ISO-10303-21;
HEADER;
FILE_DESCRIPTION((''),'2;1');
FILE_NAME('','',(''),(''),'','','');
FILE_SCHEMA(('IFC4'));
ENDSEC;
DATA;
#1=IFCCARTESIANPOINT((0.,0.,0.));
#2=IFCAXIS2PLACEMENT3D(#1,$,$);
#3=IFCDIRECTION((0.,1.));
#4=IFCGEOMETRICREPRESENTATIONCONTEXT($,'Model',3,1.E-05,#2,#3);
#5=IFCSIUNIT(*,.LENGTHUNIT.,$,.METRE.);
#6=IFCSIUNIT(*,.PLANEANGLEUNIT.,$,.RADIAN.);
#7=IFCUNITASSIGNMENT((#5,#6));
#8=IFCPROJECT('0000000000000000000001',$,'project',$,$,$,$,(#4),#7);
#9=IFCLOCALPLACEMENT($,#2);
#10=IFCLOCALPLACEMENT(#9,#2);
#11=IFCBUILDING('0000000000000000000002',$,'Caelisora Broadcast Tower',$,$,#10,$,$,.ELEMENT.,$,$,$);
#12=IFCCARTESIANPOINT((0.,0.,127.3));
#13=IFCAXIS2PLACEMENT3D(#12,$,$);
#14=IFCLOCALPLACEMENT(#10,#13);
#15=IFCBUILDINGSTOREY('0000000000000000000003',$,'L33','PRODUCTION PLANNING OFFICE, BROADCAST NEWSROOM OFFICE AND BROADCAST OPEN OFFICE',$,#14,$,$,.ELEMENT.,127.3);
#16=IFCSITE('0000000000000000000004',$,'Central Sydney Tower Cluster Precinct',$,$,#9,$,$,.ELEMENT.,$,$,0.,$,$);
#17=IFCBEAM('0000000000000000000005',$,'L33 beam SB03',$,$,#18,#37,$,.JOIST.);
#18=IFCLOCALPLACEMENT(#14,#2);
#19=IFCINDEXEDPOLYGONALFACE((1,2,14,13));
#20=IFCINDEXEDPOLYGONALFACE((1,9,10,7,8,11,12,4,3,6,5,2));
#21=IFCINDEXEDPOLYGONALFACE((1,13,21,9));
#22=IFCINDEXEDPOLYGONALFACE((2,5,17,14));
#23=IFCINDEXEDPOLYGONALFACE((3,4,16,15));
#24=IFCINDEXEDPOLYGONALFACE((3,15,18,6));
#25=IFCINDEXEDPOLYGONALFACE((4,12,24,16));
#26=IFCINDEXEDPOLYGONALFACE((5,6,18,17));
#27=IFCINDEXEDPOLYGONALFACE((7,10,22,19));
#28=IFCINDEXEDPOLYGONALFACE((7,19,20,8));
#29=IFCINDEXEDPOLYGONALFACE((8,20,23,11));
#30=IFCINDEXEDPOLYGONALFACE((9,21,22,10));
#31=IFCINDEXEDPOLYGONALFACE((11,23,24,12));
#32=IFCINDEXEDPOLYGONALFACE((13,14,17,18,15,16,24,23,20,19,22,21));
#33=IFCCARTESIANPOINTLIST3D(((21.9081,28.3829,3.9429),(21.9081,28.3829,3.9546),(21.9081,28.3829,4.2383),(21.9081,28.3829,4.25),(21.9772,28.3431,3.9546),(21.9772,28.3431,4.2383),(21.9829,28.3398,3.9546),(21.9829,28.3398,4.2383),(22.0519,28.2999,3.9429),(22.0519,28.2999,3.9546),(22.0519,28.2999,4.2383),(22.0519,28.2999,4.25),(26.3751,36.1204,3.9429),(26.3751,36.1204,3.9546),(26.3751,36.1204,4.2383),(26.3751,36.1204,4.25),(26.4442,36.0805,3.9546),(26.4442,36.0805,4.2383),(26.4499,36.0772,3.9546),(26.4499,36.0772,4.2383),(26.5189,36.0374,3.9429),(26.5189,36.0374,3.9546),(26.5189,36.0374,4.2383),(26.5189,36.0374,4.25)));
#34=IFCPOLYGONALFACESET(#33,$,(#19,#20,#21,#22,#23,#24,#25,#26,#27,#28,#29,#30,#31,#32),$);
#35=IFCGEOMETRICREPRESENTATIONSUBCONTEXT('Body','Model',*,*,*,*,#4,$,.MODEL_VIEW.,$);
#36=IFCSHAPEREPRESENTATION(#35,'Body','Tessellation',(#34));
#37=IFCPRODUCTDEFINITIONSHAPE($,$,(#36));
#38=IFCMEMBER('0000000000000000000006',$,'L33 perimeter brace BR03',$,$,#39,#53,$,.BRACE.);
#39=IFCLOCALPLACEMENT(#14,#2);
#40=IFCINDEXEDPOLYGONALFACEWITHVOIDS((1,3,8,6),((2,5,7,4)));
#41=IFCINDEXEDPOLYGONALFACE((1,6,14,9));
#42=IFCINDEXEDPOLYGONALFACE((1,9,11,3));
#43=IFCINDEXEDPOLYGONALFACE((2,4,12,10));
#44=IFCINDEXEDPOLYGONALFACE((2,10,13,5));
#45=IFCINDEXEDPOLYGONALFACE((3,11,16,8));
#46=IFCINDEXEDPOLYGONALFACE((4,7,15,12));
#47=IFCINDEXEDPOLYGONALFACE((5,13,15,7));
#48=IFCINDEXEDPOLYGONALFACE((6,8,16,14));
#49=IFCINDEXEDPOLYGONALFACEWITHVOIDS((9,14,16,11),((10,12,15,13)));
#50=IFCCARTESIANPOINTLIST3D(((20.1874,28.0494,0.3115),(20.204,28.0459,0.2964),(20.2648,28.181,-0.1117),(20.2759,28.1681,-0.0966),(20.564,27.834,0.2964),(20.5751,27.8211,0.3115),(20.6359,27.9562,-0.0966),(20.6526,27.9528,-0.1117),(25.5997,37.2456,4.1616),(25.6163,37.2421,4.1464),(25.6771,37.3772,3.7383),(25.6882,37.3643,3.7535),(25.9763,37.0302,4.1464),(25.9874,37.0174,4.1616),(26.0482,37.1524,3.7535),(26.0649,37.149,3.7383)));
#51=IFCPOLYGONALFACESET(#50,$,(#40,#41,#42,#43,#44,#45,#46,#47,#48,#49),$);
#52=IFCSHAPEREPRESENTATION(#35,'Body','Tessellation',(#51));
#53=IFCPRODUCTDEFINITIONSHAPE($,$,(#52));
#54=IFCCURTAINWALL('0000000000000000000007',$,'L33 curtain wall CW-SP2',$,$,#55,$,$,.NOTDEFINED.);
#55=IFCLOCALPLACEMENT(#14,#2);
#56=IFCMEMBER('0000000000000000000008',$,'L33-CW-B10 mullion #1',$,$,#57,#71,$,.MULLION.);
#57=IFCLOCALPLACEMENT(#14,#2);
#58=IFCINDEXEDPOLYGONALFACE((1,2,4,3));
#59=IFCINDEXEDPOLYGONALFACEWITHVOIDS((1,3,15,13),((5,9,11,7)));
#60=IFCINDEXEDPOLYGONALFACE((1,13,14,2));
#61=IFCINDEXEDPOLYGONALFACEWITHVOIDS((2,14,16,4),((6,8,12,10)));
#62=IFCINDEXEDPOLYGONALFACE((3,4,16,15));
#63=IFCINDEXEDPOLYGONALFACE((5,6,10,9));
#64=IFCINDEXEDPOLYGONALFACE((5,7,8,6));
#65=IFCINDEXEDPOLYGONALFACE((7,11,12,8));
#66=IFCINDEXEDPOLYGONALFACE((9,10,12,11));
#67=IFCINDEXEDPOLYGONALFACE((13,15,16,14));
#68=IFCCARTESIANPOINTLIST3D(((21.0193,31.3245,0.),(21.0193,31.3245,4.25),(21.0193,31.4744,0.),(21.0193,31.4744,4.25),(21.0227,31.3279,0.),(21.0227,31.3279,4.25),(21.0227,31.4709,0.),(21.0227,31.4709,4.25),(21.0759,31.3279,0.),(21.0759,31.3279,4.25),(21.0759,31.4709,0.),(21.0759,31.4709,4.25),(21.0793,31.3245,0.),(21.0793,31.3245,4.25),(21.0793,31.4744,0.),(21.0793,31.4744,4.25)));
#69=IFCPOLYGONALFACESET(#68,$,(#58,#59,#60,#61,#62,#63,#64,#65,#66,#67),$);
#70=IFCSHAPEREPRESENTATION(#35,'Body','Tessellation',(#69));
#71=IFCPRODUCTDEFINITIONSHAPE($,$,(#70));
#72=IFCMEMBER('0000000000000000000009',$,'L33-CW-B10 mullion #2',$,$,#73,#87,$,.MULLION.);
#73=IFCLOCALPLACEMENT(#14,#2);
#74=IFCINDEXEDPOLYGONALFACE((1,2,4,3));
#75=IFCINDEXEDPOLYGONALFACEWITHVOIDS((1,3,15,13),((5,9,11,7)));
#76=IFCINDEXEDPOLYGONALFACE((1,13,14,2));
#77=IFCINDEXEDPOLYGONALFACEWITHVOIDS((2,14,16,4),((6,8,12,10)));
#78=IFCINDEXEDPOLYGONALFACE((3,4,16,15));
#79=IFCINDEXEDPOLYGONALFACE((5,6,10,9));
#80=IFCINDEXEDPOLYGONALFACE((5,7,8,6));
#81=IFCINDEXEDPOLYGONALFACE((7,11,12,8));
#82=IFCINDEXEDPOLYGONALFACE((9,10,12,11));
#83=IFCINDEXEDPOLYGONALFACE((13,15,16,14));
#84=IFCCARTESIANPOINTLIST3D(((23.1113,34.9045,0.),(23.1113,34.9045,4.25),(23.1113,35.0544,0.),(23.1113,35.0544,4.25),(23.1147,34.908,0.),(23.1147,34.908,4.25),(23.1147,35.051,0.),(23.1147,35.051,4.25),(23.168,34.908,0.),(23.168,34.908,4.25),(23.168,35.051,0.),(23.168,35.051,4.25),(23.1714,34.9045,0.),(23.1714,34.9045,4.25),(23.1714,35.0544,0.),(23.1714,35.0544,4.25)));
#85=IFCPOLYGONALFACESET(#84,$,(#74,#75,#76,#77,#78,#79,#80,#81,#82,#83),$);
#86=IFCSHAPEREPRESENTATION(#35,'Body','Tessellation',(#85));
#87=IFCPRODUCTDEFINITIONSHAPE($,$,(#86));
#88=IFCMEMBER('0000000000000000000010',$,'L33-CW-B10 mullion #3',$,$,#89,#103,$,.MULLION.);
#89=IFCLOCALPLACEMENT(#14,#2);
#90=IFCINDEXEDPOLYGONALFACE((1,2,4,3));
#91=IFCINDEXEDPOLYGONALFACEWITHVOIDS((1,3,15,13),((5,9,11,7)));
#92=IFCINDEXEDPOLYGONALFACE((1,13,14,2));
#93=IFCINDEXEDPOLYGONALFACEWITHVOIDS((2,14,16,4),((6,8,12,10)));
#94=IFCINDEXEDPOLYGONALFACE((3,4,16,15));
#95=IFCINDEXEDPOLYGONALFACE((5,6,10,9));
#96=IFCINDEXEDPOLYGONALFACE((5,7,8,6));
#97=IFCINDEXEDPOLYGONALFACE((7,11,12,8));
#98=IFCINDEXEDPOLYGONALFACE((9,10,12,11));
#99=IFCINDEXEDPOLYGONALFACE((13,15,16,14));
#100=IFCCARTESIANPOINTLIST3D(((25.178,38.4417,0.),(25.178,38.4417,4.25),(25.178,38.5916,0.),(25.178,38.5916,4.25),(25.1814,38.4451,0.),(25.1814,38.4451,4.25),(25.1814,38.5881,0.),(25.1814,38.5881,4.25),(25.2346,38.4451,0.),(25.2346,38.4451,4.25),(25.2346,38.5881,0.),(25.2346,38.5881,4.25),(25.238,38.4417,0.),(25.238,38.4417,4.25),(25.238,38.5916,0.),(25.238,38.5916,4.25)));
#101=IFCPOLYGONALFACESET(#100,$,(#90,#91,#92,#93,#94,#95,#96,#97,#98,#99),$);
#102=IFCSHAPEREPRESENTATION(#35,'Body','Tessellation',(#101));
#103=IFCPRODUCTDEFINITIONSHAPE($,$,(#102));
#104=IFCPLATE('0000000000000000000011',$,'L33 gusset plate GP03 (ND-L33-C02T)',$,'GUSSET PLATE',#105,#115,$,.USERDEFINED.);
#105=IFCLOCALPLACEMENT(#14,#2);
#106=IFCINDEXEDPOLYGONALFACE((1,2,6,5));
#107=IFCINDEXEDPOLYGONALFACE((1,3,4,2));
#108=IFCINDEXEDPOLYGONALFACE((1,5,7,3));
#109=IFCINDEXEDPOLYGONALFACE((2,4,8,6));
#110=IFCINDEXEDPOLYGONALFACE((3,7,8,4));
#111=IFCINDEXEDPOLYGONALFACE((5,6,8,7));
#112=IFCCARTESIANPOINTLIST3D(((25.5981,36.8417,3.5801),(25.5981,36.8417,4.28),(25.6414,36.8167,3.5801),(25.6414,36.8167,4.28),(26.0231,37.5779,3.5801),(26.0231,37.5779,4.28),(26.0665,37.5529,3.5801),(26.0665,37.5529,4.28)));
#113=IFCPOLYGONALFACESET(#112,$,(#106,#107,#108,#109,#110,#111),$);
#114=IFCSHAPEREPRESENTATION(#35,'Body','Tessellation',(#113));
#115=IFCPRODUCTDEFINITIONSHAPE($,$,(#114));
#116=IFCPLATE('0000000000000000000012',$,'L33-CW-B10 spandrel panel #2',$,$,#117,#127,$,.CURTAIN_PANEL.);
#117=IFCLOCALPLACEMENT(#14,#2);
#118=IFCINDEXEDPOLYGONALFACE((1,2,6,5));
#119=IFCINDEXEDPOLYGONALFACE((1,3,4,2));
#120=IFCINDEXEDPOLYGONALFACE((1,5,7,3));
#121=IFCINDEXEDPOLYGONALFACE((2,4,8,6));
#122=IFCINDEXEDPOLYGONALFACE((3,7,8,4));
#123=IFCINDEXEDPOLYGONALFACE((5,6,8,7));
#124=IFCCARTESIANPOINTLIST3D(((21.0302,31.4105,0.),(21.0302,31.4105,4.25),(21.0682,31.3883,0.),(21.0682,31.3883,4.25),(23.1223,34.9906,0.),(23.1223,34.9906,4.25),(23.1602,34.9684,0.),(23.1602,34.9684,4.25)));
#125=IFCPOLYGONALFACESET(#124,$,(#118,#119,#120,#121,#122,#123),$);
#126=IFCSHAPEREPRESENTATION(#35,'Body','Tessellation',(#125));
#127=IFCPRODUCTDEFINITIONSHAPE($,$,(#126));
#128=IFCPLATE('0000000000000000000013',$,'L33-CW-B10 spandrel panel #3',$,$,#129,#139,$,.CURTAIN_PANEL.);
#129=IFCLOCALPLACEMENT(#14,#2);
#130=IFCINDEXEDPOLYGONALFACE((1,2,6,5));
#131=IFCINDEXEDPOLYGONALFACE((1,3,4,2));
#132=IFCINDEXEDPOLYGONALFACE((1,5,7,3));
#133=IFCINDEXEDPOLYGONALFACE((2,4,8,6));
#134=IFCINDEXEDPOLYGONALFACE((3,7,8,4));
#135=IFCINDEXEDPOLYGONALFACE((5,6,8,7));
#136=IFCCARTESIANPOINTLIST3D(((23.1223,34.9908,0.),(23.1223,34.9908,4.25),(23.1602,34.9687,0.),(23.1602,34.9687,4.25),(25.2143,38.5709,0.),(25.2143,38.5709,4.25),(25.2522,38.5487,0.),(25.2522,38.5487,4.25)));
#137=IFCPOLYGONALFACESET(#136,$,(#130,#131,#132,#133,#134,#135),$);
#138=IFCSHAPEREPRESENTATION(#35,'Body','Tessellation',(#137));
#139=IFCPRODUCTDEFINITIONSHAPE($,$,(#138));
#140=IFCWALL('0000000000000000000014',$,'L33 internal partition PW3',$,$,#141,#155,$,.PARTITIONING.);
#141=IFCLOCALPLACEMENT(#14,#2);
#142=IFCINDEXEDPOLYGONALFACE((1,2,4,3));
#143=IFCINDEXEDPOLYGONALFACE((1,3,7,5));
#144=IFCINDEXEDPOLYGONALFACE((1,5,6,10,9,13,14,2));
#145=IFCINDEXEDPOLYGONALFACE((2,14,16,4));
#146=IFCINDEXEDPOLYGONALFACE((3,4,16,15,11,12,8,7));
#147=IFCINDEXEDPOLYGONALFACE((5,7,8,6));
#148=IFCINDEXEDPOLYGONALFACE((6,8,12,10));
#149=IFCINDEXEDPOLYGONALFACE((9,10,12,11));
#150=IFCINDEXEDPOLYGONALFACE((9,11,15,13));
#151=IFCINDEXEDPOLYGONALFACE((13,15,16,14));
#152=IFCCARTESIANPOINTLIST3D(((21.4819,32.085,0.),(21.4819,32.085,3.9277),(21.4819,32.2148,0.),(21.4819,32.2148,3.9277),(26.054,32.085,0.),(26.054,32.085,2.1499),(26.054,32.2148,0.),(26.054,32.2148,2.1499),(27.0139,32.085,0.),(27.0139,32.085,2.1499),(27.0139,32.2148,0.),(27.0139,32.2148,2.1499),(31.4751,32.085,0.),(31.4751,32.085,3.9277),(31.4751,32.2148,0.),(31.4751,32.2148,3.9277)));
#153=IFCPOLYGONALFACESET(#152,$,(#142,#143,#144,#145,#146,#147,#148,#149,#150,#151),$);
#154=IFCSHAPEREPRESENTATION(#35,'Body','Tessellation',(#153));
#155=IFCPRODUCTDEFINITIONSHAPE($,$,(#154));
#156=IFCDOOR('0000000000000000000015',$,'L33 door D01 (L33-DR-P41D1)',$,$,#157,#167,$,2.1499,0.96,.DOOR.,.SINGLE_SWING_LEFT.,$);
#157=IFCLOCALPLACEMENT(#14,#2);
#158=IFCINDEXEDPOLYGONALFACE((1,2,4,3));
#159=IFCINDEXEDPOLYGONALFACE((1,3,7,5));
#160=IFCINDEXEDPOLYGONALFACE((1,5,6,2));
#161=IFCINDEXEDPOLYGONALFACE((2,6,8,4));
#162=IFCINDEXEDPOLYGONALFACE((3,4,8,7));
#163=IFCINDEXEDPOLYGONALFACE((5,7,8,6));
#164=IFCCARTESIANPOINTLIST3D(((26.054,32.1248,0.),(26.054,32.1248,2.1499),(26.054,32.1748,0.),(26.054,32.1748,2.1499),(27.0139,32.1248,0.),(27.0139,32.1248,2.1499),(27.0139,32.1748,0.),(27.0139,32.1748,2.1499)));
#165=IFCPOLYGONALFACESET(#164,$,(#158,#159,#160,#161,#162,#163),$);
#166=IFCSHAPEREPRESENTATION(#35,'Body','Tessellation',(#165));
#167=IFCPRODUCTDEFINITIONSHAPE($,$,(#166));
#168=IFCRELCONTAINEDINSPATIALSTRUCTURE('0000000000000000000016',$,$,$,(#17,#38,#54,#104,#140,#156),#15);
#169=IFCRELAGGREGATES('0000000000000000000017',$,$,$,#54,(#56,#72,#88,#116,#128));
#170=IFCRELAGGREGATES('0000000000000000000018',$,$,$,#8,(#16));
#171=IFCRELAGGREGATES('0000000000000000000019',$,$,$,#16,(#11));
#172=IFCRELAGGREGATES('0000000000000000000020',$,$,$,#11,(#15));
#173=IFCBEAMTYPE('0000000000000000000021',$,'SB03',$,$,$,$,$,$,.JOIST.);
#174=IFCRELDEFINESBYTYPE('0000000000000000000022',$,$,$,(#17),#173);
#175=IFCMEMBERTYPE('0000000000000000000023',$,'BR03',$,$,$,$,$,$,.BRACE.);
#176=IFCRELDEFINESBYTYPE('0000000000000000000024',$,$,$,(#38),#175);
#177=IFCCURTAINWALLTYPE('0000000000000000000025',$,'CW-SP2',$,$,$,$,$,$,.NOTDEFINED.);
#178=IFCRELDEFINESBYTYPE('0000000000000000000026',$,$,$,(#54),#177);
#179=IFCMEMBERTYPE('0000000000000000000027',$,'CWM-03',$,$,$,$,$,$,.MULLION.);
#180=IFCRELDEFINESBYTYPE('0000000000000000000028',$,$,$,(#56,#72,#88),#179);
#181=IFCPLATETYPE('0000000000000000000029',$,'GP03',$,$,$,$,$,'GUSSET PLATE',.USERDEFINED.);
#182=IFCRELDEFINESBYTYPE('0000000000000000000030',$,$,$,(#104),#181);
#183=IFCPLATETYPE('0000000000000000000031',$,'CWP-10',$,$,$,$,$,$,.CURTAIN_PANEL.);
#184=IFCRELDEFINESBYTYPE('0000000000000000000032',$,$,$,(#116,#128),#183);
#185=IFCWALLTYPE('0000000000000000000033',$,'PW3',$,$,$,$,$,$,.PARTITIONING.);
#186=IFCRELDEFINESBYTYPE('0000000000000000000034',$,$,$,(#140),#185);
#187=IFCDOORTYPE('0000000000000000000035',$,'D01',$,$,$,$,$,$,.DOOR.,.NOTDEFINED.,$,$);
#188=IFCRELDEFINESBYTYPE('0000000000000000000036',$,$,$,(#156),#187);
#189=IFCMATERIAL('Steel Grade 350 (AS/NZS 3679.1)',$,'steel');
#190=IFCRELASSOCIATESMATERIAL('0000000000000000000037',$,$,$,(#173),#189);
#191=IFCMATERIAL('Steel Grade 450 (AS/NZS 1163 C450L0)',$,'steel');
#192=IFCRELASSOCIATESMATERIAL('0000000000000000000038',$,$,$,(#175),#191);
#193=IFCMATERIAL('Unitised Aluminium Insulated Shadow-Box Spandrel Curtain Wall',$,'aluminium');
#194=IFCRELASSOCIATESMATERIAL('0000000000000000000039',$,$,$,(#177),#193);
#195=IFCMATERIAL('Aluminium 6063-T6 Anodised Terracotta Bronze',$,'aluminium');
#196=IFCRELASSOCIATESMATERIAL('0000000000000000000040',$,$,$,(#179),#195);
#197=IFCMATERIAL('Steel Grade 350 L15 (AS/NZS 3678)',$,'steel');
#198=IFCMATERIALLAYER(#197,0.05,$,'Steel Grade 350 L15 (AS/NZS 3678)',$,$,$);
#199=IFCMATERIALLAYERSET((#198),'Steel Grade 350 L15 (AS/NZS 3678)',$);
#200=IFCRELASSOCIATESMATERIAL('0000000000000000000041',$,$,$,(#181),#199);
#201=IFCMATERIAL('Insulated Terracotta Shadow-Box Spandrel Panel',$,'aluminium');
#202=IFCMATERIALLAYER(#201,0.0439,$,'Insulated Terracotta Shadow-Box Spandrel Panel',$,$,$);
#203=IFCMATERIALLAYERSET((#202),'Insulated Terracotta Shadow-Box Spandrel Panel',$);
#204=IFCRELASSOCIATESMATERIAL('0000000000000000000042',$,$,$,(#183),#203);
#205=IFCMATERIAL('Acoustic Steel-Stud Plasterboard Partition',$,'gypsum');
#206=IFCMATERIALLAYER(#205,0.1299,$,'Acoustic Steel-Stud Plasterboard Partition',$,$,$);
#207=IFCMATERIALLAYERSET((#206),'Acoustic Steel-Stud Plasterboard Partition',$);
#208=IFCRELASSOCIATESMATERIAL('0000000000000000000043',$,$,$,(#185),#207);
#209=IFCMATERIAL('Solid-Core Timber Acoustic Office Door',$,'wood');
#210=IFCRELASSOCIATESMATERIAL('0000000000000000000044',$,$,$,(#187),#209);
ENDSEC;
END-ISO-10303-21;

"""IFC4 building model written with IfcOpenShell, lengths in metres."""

from ifc_helpers import new_model, si_unit, direction, frame, frame_2d, origin, origin_2d, place, context, subcontext, project, spatial, rectangle, hollow_rectangle, i_section, extrude, source, transform, mapped, material, layer, layer_set, material_profile, profile_set, type_object, type_shapes, element, fill, aggregate, save


model = new_model("IFC4")

# Units and contexts
model_context = context("Model", 3, precision=1e-05, world=origin(), true_north=direction((0.0, 1.0)))
body_context = subcontext(model_context, "Body", "Model", "MODEL_VIEW")
ifc_project = project(units=[si_unit("LENGTHUNIT", "METRE"), si_unit("PLANEANGLEUNIT", "RADIAN")], contexts=[model_context])

# Site, building, storey
site_placement = place(None, origin())
site = spatial("IfcSite", under=ifc_project, at=site_placement, Name="Central Sydney Tower Cluster Precinct", CompositionType="ELEMENT", RefElevation=0.0)
building_placement = place(site_placement, origin())
building = spatial("IfcBuilding", under=site, at=building_placement, Name="Caelisora Broadcast Tower", CompositionType="ELEMENT")
storey_placement = place(building_placement, frame((0.0, 0.0, 127.3)))
storey = spatial("IfcBuildingStorey", under=building, at=storey_placement, Name="L33", Description="PRODUCTION PLANNING OFFICE, BROADCAST NEWSROOM OFFICE AND BROADCAST OPEN OFFICE", CompositionType="ELEMENT", Elevation=127.3)

# Shared definitions
ifc_material_1 = material(Name="Steel Grade 350 L15 (AS/NZS 3678)", Category="steel")

# Beam
ifc_material_2 = material(Name="Steel Grade 350 (AS/NZS 3679.1)", Category="steel")
ifc_material_profile_1 = material_profile(ifc_material_2, i_section(OverallWidth=0.166, OverallDepth=0.3071, WebThickness=0.0066, FlangeThickness=0.0117, at=origin_2d()), Name="Steel Grade 350 (AS/NZS 3679.1)")
ifc_profile_set_1 = profile_set([ifc_material_profile_1], Name="Steel Grade 350 (AS/NZS 3679.1)")
beam_type_1 = type_object("IfcBeamType", Name="SB03", PredefinedType="JOIST", material=ifc_profile_set_1)
shared_shape_1 = source(origin(), body_context, "Body", "SweptSolid", [
    extrude(i_section(OverallWidth=0.166, OverallDepth=0.3071, WebThickness=0.0066, FlangeThickness=0.0117, at=origin_2d()), origin(), (0.0, 0.0, 1.0), 8.9343),
])
beam_1_placement = place(storey_placement, frame((26.447, 36.0789, 4.0964), z_axis=(-0.49998, -0.866037, 0.0), x_axis=(0.866037, -0.49998, 0.0)))
element("IfcBeam", 1, at=beam_1_placement, inside=storey, type_object=beam_type_1, Name="L33 beam SB03", PredefinedType="JOIST", context=body_context, shape_type="MappedRepresentation", body=[
    mapped(shared_shape_1, transform((0.0, 0.0, 0.0), scale=1.0)),
])

# Member
ifc_material_3 = material(Name="Steel Grade 450 (AS/NZS 1163 C450L0)", Category="steel")
ifc_material_profile_2 = material_profile(ifc_material_3, hollow_rectangle(XDim=0.45, YDim=0.45, WallThickness=0.0161, at=origin_2d()), Name="Steel Grade 450 (AS/NZS 1163 C450L0)")
ifc_profile_set_2 = profile_set([ifc_material_profile_2], Name="Steel Grade 450 (AS/NZS 1163 C450L0)")
member_type_1 = type_object("IfcMemberType", Name="BR03", PredefinedType="BRACE", material=ifc_profile_set_2)
shared_shape_2 = source(origin(), body_context, "Body", "SweptSolid", [
    extrude(hollow_rectangle(XDim=0.45, YDim=0.45, WallThickness=0.0161, at=origin_2d()), origin(), (0.0, 0.0, 1.0), 11.344),
])
type_shapes(member_type_1, [shared_shape_2])
member_1_placement = place(storey_placement, frame((25.8323, 37.1973, 3.95), z_axis=(-0.477107, -0.810667, -0.339392), x_axis=(0.861821, -0.507213, 0.0)))
element("IfcMember", 2, at=member_1_placement, inside=storey, type_object=member_type_1, Name="L33 perimeter brace BR03", PredefinedType="BRACE", context=body_context, shape_type="MappedRepresentation", body=[
    mapped(shared_shape_2, transform((0.0, 0.0, 0.0), scale=1.0)),
])

# Curtain wall, members
ifc_material_4 = material(Name="Unitised Aluminium Insulated Shadow-Box Spandrel Curtain Wall", Category="aluminium")
curtain_wall_type = type_object("IfcCurtainWallType", Name="CW-SP2", PredefinedType="NOTDEFINED", material=ifc_material_4)
curtain_wall_placement = place(storey_placement, origin())
curtain_wall = element("IfcCurtainWall", 3, at=curtain_wall_placement, inside=storey, type_object=curtain_wall_type, Name="L33 curtain wall CW-SP2", PredefinedType="NOTDEFINED")
ifc_material_5 = material(Name="Aluminium 6063-T6 Anodised Terracotta Bronze", Category="aluminium")
ifc_material_profile_3 = material_profile(ifc_material_5, hollow_rectangle(XDim=0.0601, YDim=0.1499, WallThickness=0.0034, at=origin_2d()), Name="Aluminium 6063-T6 Anodised Terracotta Bronze")
ifc_profile_set_3 = profile_set([ifc_material_profile_3], Name="Aluminium 6063-T6 Anodised Terracotta Bronze")
member_type_2 = type_object("IfcMemberType", Name="CWM-03", PredefinedType="MULLION", material=ifc_profile_set_3)
shared_shape_3 = source(origin(), body_context, "Body", "SweptSolid", [
    extrude(hollow_rectangle(XDim=0.0601, YDim=0.1499, WallThickness=0.0034, at=origin_2d()), origin(), (0.0, 0.0, 1.0), 4.25),
])
type_shapes(member_type_2, [shared_shape_3])
member_2_placement = place(storey_placement, frame((21.0493, 31.3994, 0.0), z_axis=(0.0, 0.0, 1.0), x_axis=(1.0, 0.0, 0.0)))
member_2 = element("IfcMember", 4, at=member_2_placement, type_object=member_type_2, Name="L33-CW-B10 mullion #1", PredefinedType="MULLION", context=body_context, shape_type="MappedRepresentation", body=[
    mapped(shared_shape_3, transform((0.0, 0.0, 0.0), scale=1.0)),
])
member_3_placement = place(storey_placement, frame((23.1414, 34.9795, 0.0), z_axis=(0.0, 0.0, 1.0), x_axis=(1.0, 0.0, 0.0)))
member_3 = element("IfcMember", 5, at=member_3_placement, type_object=member_type_2, Name="L33-CW-B10 mullion #2", PredefinedType="MULLION", context=body_context, shape_type="MappedRepresentation", body=[
    mapped(shared_shape_3, transform((0.0, 0.0, 0.0), scale=1.0)),
])
member_4_placement = place(storey_placement, frame((25.208, 38.5166, 0.0), z_axis=(0.0, 0.0, 1.0), x_axis=(1.0, 0.0, 0.0)))
member_4 = element("IfcMember", 6, at=member_4_placement, type_object=member_type_2, Name="L33-CW-B10 mullion #3", PredefinedType="MULLION", context=body_context, shape_type="MappedRepresentation", body=[
    mapped(shared_shape_3, transform((0.0, 0.0, 0.0), scale=1.0)),
])

# Plates
ifc_layer_1 = layer(ifc_material_1, 0.05, Name="Steel Grade 350 L15 (AS/NZS 3678)")
ifc_layer_set_1 = layer_set([ifc_layer_1], Name="Steel Grade 350 L15 (AS/NZS 3678)")
plate_type_1 = type_object("IfcPlateType", Name="GP03", ElementType="GUSSET PLATE", PredefinedType="USERDEFINED", material=ifc_layer_set_1)
shared_shape_4 = source(origin(), body_context, "Body", "SweptSolid", [
    extrude(rectangle(XDim=0.8501, YDim=0.05, at=origin_2d()), origin(), (0.0, 0.0, 1.0), 0.7),
])
type_shapes(plate_type_1, [shared_shape_4])
plate_1_placement = place(storey_placement, frame((25.8323, 37.1973, 3.5801), z_axis=(0.0, 0.0, 1.0), x_axis=(-0.5, -0.866025, 0.0)))
element("IfcPlate", 7, at=plate_1_placement, inside=storey, type_object=plate_type_1, Name="L33 gusset plate GP03 (ND-L33-C02T)", ObjectType="GUSSET PLATE", PredefinedType="USERDEFINED", context=body_context, shape_type="MappedRepresentation", body=[
    mapped(shared_shape_4, transform((0.0, 0.0, 0.0), scale=1.0)),
])
ifc_material_6 = material(Name="Insulated Terracotta Shadow-Box Spandrel Panel", Category="aluminium")
ifc_layer_2 = layer(ifc_material_6, 0.0439, Name="Insulated Terracotta Shadow-Box Spandrel Panel")
ifc_layer_set_2 = layer_set([ifc_layer_2], Name="Insulated Terracotta Shadow-Box Spandrel Panel")
plate_type_2 = type_object("IfcPlateType", Name="CWP-10", PredefinedType="CURTAIN_PANEL", material=ifc_layer_set_2)
shared_shape_5 = source(origin(), body_context, "Body", "SweptSolid", [
    extrude(rectangle(XDim=4.1465, YDim=0.0439, at=origin_2d()), origin(), (0.0, 0.0, 1.0), 4.25),
])
type_shapes(plate_type_2, [shared_shape_5])
plate_2_placement = place(storey_placement, frame((22.0952, 33.1895, 0.0), z_axis=(0.0, 0.0, 1.0), x_axis=(0.504528, 0.863396, 0.0)))
plate_2 = element("IfcPlate", 8, at=plate_2_placement, type_object=plate_type_2, Name="L33-CW-B10 spandrel panel #2", PredefinedType="CURTAIN_PANEL", context=body_context, shape_type="MappedRepresentation", body=[
    mapped(shared_shape_5, transform((0.0, 0.0, 0.0), scale=1.0)),
])
plate_3_placement = place(storey_placement, frame((24.1873, 36.7698, 0.0), z_axis=(0.0, 0.0, 1.0), x_axis=(0.504528, 0.863396, 0.0)))
plate_3 = element("IfcPlate", 9, at=plate_3_placement, type_object=plate_type_2, Name="L33-CW-B10 spandrel panel #3", PredefinedType="CURTAIN_PANEL", context=body_context, shape_type="MappedRepresentation", body=[
    mapped(shared_shape_5, transform((0.0, 0.0, 0.0), scale=1.0)),
])
aggregate(curtain_wall, [member_2, member_3, member_4, plate_2, plate_3])

# Wall, opening, door
ifc_material_7 = material(Name="Acoustic Steel-Stud Plasterboard Partition", Category="gypsum")
ifc_layer_3 = layer(ifc_material_7, 0.1299, Name="Acoustic Steel-Stud Plasterboard Partition")
ifc_layer_set_3 = layer_set([ifc_layer_3], Name="Acoustic Steel-Stud Plasterboard Partition")
wall_type = type_object("IfcWallType", Name="PW3", PredefinedType="PARTITIONING", material=ifc_layer_set_3)
wall_1_placement = place(storey_placement, frame((21.4819, 32.1499, 0.0), z_axis=(0.0, 0.0, 1.0), x_axis=(1.0, 0.0, 0.0)))
wall_1 = element("IfcWall", 10, at=wall_1_placement, inside=storey, type_object=wall_type, Name="L33 internal partition PW3", PredefinedType="PARTITIONING", context=body_context, shape_type="SweptSolid", body=[
    extrude(rectangle(XDim=9.9932, YDim=0.1299, at=frame_2d((4.9966, 0.0))), origin(), (0.0, 0.0, 1.0), 3.9277),
])
opening_1_placement = place(wall_1_placement, frame((4.572, 0.0, 0.0)))
opening_1 = element("IfcOpeningElement", 11, at=opening_1_placement, cuts=wall_1, PredefinedType="OPENING", context=body_context, shape_type="SweptSolid", body=[
    extrude(rectangle(XDim=0.96, YDim=2.1499, at=frame_2d((0.48, 1.075))), frame((0.0, 0.0769, 0.0), z_axis=(0.0, -1.0, 0.0), x_axis=(1.0, 0.0, 0.0)), (0.0, 0.0, 1.0), 0.1538),
])
ifc_material_8 = material(Name="Solid-Core Timber Acoustic Office Door", Category="wood")
door_type = type_object("IfcDoorType", Name="D01", OperationType="NOTDEFINED", PredefinedType="DOOR", material=ifc_material_8)
door_1_placement = place(opening_1_placement, origin())
door_1 = element("IfcDoor", 12, at=door_1_placement, inside=storey, type_object=door_type, Name="L33 door D01 (L33-DR-P41D1)", OperationType="SINGLE_SWING_LEFT", OverallHeight=2.1499, OverallWidth=0.96, PredefinedType="DOOR", context=body_context, shape_type="SweptSolid", body=[
    extrude(rectangle(XDim=0.96, YDim=2.1499, at=frame_2d((0.48, 1.075))), frame((0.0, 0.0249, 0.0), z_axis=(0.0, -1.0, 0.0), x_axis=(1.0, 0.0, 0.0)), (0.0, 0.0, 1.0), 0.05),
])
fill(opening_1, door_1)

save(model, "model.ifc")
